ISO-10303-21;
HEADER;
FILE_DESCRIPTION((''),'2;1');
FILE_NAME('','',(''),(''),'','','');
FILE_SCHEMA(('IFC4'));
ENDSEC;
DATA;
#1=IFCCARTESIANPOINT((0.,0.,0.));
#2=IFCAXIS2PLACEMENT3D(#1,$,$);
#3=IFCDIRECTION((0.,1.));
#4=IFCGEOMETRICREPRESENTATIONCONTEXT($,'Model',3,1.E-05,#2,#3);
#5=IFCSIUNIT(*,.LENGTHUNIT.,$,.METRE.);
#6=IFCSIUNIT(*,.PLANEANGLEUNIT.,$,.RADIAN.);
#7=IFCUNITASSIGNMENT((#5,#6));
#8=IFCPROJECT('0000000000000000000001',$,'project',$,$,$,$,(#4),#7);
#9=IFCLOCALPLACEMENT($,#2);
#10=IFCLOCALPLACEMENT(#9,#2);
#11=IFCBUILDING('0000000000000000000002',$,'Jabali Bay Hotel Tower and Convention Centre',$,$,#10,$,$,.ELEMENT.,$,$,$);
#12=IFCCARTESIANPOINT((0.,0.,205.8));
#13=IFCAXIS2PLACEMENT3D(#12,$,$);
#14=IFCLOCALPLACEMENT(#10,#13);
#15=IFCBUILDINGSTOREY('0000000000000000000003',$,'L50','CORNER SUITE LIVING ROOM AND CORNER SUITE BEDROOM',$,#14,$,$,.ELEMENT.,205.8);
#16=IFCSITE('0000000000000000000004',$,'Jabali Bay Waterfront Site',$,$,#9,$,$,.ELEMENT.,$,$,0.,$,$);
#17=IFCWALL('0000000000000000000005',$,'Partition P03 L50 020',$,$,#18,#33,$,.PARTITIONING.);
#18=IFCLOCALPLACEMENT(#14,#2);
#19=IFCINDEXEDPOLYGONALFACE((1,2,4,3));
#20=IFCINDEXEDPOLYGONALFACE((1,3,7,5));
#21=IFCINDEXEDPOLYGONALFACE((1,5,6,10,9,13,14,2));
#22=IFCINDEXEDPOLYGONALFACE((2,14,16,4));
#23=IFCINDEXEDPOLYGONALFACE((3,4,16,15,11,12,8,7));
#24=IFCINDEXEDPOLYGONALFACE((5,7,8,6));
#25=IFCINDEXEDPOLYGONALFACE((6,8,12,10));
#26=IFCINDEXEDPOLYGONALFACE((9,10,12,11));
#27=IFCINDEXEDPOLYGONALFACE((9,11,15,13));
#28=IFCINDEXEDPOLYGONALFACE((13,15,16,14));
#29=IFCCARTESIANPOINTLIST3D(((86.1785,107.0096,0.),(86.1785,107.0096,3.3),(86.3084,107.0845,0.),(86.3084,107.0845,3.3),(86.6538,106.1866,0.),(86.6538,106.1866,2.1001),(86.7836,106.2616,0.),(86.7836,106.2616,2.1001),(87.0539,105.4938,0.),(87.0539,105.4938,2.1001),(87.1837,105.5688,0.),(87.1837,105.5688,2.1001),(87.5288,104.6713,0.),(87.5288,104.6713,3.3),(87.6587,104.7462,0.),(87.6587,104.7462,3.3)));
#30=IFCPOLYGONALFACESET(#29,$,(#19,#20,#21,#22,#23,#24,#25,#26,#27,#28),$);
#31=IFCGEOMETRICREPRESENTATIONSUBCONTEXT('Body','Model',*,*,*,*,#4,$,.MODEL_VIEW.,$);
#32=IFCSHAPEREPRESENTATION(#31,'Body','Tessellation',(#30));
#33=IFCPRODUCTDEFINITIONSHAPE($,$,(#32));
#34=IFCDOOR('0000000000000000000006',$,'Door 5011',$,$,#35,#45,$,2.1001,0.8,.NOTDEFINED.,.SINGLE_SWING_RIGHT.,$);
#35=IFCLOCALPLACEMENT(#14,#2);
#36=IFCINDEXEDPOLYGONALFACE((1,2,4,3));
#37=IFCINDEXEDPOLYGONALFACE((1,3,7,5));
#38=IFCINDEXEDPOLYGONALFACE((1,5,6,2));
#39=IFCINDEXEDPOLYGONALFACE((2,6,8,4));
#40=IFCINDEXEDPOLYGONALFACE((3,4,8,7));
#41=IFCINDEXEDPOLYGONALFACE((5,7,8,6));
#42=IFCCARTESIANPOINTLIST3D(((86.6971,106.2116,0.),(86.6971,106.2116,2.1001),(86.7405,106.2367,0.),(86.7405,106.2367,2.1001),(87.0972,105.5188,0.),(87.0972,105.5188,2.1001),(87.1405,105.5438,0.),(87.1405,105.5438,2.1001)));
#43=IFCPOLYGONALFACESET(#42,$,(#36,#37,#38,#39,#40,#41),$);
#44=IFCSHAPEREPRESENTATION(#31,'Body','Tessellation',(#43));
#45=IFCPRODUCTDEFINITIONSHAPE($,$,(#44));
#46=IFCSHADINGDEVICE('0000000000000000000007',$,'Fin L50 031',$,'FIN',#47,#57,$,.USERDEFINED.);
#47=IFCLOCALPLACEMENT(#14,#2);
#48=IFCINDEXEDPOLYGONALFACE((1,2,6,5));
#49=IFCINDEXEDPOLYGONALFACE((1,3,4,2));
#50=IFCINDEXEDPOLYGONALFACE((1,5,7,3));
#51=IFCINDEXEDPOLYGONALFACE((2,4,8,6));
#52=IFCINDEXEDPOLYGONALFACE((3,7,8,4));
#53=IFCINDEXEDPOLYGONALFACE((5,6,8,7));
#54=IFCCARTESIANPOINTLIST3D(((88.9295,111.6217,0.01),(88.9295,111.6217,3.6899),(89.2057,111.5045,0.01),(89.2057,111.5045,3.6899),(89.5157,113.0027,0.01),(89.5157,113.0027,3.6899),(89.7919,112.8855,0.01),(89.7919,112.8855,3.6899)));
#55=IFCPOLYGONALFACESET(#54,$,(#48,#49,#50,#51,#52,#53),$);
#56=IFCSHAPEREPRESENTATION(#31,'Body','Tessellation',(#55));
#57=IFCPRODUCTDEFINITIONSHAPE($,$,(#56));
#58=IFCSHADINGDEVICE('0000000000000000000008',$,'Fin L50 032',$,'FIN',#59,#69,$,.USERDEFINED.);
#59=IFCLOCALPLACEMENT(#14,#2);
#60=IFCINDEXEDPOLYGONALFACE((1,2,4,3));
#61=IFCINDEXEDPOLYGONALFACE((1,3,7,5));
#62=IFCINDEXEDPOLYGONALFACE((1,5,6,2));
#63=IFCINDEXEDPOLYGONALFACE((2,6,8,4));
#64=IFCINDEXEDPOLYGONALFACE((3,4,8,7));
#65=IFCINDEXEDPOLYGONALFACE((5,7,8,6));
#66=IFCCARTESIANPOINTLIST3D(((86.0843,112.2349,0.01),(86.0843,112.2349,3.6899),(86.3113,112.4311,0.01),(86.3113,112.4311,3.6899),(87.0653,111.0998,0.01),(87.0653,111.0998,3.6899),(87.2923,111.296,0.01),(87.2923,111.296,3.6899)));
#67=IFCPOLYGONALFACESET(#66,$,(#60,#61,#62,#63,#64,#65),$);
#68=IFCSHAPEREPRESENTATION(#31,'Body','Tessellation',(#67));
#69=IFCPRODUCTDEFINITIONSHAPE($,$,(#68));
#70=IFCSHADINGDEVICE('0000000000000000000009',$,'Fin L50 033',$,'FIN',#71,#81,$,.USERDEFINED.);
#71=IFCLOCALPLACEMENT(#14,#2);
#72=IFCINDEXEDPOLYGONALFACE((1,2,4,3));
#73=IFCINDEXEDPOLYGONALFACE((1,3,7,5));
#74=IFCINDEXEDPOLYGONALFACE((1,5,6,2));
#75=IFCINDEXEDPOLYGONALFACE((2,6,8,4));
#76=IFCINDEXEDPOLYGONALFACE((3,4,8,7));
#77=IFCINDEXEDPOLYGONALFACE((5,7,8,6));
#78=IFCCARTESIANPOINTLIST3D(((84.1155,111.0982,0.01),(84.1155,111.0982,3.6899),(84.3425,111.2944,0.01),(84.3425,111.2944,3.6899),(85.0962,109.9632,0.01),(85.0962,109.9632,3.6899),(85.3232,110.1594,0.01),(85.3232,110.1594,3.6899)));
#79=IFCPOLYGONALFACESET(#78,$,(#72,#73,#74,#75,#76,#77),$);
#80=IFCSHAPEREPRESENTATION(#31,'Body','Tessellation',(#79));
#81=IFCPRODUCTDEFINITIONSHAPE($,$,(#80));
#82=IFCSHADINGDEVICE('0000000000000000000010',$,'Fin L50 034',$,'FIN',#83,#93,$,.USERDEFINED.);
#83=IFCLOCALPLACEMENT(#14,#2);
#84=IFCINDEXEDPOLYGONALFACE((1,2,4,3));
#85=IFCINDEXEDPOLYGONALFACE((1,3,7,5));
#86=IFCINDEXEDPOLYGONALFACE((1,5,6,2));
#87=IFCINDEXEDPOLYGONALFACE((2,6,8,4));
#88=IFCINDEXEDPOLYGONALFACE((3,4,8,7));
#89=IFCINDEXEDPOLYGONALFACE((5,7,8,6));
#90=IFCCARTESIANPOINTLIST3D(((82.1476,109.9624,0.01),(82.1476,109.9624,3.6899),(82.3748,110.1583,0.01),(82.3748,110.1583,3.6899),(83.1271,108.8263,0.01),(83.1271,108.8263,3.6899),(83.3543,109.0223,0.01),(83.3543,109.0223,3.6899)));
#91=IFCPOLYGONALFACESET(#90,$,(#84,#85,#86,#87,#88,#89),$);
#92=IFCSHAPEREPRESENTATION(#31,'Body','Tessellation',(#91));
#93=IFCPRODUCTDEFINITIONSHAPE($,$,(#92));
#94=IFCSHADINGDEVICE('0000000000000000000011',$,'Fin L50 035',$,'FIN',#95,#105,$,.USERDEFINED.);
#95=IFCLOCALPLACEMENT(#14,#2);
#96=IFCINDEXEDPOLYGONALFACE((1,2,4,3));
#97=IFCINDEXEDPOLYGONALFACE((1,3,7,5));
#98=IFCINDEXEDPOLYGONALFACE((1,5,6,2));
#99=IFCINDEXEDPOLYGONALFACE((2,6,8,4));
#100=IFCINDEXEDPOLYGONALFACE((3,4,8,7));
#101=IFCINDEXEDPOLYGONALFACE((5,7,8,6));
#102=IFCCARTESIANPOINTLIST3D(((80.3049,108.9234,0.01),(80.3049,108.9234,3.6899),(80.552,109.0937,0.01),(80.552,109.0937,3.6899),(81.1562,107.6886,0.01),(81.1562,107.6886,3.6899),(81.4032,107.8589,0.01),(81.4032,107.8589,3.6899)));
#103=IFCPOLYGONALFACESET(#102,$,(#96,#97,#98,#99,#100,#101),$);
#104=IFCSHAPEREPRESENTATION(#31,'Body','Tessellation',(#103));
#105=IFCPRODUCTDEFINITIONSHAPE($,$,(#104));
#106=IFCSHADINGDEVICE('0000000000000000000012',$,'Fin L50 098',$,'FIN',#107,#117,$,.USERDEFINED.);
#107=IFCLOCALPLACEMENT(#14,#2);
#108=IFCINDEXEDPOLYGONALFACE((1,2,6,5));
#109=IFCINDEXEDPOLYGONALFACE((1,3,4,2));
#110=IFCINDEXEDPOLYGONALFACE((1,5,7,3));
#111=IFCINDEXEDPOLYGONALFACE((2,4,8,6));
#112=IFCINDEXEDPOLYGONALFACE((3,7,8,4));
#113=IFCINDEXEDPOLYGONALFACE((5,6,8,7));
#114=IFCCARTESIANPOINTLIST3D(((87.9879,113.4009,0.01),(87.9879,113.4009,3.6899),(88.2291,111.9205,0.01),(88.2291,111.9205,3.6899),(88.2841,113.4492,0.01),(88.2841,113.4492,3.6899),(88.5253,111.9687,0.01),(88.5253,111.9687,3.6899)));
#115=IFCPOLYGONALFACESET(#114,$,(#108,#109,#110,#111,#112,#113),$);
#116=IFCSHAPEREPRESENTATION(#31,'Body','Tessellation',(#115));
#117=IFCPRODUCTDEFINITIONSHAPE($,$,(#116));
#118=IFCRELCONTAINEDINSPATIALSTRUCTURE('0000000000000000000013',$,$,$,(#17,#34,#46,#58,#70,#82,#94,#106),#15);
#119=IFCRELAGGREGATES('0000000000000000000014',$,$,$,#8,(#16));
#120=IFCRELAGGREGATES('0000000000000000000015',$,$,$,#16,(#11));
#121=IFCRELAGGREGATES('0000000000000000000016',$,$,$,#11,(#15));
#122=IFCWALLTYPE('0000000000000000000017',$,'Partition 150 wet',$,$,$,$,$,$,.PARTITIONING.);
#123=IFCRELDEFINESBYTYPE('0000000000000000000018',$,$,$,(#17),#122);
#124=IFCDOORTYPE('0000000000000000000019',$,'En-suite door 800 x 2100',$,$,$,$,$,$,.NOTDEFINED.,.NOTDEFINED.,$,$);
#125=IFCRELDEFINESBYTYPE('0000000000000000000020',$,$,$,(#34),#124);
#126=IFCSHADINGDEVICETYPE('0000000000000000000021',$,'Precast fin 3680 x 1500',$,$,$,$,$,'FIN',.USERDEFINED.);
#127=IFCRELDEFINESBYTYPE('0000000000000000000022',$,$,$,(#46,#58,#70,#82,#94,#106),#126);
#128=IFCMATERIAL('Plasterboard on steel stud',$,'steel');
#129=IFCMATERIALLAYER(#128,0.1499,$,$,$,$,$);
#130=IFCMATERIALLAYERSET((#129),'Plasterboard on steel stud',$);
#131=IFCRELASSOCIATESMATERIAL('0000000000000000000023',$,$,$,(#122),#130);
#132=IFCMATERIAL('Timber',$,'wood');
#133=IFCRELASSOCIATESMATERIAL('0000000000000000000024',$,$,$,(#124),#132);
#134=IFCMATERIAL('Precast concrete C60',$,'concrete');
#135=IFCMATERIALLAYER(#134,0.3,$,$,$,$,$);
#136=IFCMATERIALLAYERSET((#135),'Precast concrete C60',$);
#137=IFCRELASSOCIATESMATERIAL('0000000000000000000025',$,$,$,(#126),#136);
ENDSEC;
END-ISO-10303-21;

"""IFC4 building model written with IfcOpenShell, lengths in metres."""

from ifc_helpers import new_model, si_unit, direction, frame, frame_2d, origin, place, context, subcontext, project, spatial, rectangle, extrude, material, layer, layer_set, type_object, element, fill, save


model = new_model("IFC4")

# Units and contexts
model_context = context("Model", 3, precision=1e-05, world=origin(), true_north=direction((0.0, 1.0)))
body_context = subcontext(model_context, "Body", "Model", "MODEL_VIEW")
ifc_project = project(units=[si_unit("LENGTHUNIT", "METRE"), si_unit("PLANEANGLEUNIT", "RADIAN")], contexts=[model_context])

# Site, building, storey
site_placement = place(None, origin())
site = spatial("IfcSite", under=ifc_project, at=site_placement, Name="Jabali Bay Waterfront Site", CompositionType="ELEMENT", RefElevation=0.0)
building_placement = place(site_placement, origin())
building = spatial("IfcBuilding", under=site, at=building_placement, Name="Jabali Bay Hotel Tower and Convention Centre", CompositionType="ELEMENT")
storey_placement = place(building_placement, frame((0.0, 0.0, 205.8)))
storey = spatial("IfcBuildingStorey", under=building, at=storey_placement, Name="L50", Description="CORNER SUITE LIVING ROOM AND CORNER SUITE BEDROOM", CompositionType="ELEMENT", Elevation=205.8)

# Shared definitions
ifc_material_1 = material(Name="Plasterboard on steel stud", Category="steel")
ifc_layer_1 = layer(ifc_material_1, 0.1499)
ifc_layer_set_1 = layer_set([ifc_layer_1], Name="Plasterboard on steel stud")
wall_type_1 = type_object("IfcWallType", Name="Partition 150 wet", PredefinedType="PARTITIONING", material=ifc_layer_set_1)

# Wall, opening, door
wall_1_placement = place(storey_placement, frame((87.5938, 104.7087, 0.0), z_axis=(0.0, 0.0, 1.0), x_axis=(-0.500077, 0.865981, 0.0)))
wall_1 = element("IfcWall", 1, at=wall_1_placement, inside=storey, type_object=wall_type_1, Name="Partition P03 L50 020", PredefinedType="PARTITIONING", context=body_context, shape_type="SweptSolid", body=[
    extrude(rectangle(XDim=2.7002, YDim=0.1499, at=frame_2d((1.3501, 0.0))), origin(), (0.0, 0.0, 1.0), 3.3),
])
opening_1_placement = place(wall_1_placement, frame((0.95, 0.0, 0.0)))
opening_1 = element("IfcOpeningElement", 2, at=opening_1_placement, cuts=wall_1, PredefinedType="OPENING", context=body_context, shape_type="SweptSolid", body=[
    extrude(rectangle(XDim=0.8, YDim=2.1001, at=frame_2d((0.3999, 1.05))), frame((0.0, 0.0854, 0.0), z_axis=(0.0, -1.0, 0.0), x_axis=(1.0, 0.0, 0.0)), (0.0, 0.0, 1.0), 0.1709),
])
ifc_material_2 = material(Name="Timber", Category="wood")
door_type = type_object("IfcDoorType", Name="En-suite door 800 x 2100", OperationType="NOTDEFINED", PredefinedType="NOTDEFINED", material=ifc_material_2)
door_placement = place(opening_1_placement, origin())
door = element("IfcDoor", 3, at=door_placement, inside=storey, type_object=door_type, Name="Door 5011", OperationType="SINGLE_SWING_RIGHT", OverallHeight=2.1001, OverallWidth=0.8, PredefinedType="NOTDEFINED", context=body_context, shape_type="SweptSolid", body=[
    extrude(rectangle(XDim=0.8, YDim=2.1001, at=frame_2d((0.3999, 1.05))), frame((0.0, 0.0249, 0.0), z_axis=(0.0, -1.0, 0.0), x_axis=(1.0, 0.0, 0.0)), (0.0, 0.0, 1.0), 0.05),
])
fill(opening_1, door)

# Shading devices
ifc_material_3 = material(Name="Precast concrete C60", Category="concrete")
ifc_layer_2 = layer(ifc_material_3, 0.3)
ifc_layer_set_2 = layer_set([ifc_layer_2], Name="Precast concrete C60")
shading_device_type = type_object("IfcShadingDeviceType", Name="Precast fin 3680 x 1500", ElementType="FIN", PredefinedType="USERDEFINED", material=ifc_layer_set_2)
for number, where, z_axis, x_axis, name in (
    (4, (89.0676, 111.5632, 0.01), (0.0, 0.0, 1.0), (0.390755, 0.920495, 0.0), "Fin L50 031"),
    (5, (87.1787, 111.198, 0.01), (0.0, 0.0, 1.0), (-0.653895, 0.756585, 0.0), "Fin L50 032"),
):
    element("IfcShadingDevice", number, at=place(storey_placement, frame(where, z_axis=z_axis, x_axis=x_axis)), inside=storey, type_object=shading_device_type, Name=name, ObjectType="FIN", PredefinedType="USERDEFINED", context=body_context, shape_type="SweptSolid", body=[
        extrude(rectangle(XDim=1.5002, YDim=0.3, at=frame_2d((0.75, 0.0))), origin(), (0.0, 0.0, 1.0), 3.6799),
    ])
for number, where, z_axis, x_axis, name in (
    (6, (85.2097, 110.0613, 0.01), (0.0, 0.0, 1.0), (-0.653802, 0.756666, 0.0), "Fin L50 033"),
    (7, (83.2407, 108.9243, 0.01), (0.0, 0.0, 1.0), (-0.653014, 0.757346, 0.0), "Fin L50 034"),
):
    element("IfcShadingDevice", number, at=place(storey_placement, frame(where, z_axis=z_axis, x_axis=x_axis)), inside=storey, type_object=shading_device_type, Name=name, ObjectType="FIN", PredefinedType="USERDEFINED", context=body_context, shape_type="SweptSolid", body=[
        extrude(rectangle(XDim=1.5, YDim=0.3, at=frame_2d((0.75, 0.0))), origin(), (0.0, 0.0, 1.0), 3.6799),
    ])
shading_device_1_placement = place(storey_placement, frame((81.2798, 107.7737, 0.01), z_axis=(0.0, 0.0, 1.0), x_axis=(-0.567592, 0.82331, 0.0)))
element("IfcShadingDevice", 8, at=shading_device_1_placement, inside=storey, type_object=shading_device_type, Name="Fin L50 035", ObjectType="FIN", PredefinedType="USERDEFINED", context=body_context, shape_type="SweptSolid", body=[
    extrude(rectangle(XDim=1.4998, YDim=0.3, at=frame_2d((0.75, 0.0))), origin(), (0.0, 0.0, 1.0), 3.6799),
])
shading_device_2_placement = place(storey_placement, frame((88.3772, 111.9446, 0.01), z_axis=(0.0, 0.0, 1.0), x_axis=(-0.160808, 0.986986, 0.0)))
element("IfcShadingDevice", 9, at=shading_device_2_placement, inside=storey, type_object=shading_device_type, Name="Fin L50 098", ObjectType="FIN", PredefinedType="USERDEFINED", context=body_context, shape_type="SweptSolid", body=[
    extrude(rectangle(XDim=1.5, YDim=0.3, at=frame_2d((0.75, 0.0))), origin(), (0.0, 0.0, 1.0), 3.6799),
])

save(model, "model.ifc")
